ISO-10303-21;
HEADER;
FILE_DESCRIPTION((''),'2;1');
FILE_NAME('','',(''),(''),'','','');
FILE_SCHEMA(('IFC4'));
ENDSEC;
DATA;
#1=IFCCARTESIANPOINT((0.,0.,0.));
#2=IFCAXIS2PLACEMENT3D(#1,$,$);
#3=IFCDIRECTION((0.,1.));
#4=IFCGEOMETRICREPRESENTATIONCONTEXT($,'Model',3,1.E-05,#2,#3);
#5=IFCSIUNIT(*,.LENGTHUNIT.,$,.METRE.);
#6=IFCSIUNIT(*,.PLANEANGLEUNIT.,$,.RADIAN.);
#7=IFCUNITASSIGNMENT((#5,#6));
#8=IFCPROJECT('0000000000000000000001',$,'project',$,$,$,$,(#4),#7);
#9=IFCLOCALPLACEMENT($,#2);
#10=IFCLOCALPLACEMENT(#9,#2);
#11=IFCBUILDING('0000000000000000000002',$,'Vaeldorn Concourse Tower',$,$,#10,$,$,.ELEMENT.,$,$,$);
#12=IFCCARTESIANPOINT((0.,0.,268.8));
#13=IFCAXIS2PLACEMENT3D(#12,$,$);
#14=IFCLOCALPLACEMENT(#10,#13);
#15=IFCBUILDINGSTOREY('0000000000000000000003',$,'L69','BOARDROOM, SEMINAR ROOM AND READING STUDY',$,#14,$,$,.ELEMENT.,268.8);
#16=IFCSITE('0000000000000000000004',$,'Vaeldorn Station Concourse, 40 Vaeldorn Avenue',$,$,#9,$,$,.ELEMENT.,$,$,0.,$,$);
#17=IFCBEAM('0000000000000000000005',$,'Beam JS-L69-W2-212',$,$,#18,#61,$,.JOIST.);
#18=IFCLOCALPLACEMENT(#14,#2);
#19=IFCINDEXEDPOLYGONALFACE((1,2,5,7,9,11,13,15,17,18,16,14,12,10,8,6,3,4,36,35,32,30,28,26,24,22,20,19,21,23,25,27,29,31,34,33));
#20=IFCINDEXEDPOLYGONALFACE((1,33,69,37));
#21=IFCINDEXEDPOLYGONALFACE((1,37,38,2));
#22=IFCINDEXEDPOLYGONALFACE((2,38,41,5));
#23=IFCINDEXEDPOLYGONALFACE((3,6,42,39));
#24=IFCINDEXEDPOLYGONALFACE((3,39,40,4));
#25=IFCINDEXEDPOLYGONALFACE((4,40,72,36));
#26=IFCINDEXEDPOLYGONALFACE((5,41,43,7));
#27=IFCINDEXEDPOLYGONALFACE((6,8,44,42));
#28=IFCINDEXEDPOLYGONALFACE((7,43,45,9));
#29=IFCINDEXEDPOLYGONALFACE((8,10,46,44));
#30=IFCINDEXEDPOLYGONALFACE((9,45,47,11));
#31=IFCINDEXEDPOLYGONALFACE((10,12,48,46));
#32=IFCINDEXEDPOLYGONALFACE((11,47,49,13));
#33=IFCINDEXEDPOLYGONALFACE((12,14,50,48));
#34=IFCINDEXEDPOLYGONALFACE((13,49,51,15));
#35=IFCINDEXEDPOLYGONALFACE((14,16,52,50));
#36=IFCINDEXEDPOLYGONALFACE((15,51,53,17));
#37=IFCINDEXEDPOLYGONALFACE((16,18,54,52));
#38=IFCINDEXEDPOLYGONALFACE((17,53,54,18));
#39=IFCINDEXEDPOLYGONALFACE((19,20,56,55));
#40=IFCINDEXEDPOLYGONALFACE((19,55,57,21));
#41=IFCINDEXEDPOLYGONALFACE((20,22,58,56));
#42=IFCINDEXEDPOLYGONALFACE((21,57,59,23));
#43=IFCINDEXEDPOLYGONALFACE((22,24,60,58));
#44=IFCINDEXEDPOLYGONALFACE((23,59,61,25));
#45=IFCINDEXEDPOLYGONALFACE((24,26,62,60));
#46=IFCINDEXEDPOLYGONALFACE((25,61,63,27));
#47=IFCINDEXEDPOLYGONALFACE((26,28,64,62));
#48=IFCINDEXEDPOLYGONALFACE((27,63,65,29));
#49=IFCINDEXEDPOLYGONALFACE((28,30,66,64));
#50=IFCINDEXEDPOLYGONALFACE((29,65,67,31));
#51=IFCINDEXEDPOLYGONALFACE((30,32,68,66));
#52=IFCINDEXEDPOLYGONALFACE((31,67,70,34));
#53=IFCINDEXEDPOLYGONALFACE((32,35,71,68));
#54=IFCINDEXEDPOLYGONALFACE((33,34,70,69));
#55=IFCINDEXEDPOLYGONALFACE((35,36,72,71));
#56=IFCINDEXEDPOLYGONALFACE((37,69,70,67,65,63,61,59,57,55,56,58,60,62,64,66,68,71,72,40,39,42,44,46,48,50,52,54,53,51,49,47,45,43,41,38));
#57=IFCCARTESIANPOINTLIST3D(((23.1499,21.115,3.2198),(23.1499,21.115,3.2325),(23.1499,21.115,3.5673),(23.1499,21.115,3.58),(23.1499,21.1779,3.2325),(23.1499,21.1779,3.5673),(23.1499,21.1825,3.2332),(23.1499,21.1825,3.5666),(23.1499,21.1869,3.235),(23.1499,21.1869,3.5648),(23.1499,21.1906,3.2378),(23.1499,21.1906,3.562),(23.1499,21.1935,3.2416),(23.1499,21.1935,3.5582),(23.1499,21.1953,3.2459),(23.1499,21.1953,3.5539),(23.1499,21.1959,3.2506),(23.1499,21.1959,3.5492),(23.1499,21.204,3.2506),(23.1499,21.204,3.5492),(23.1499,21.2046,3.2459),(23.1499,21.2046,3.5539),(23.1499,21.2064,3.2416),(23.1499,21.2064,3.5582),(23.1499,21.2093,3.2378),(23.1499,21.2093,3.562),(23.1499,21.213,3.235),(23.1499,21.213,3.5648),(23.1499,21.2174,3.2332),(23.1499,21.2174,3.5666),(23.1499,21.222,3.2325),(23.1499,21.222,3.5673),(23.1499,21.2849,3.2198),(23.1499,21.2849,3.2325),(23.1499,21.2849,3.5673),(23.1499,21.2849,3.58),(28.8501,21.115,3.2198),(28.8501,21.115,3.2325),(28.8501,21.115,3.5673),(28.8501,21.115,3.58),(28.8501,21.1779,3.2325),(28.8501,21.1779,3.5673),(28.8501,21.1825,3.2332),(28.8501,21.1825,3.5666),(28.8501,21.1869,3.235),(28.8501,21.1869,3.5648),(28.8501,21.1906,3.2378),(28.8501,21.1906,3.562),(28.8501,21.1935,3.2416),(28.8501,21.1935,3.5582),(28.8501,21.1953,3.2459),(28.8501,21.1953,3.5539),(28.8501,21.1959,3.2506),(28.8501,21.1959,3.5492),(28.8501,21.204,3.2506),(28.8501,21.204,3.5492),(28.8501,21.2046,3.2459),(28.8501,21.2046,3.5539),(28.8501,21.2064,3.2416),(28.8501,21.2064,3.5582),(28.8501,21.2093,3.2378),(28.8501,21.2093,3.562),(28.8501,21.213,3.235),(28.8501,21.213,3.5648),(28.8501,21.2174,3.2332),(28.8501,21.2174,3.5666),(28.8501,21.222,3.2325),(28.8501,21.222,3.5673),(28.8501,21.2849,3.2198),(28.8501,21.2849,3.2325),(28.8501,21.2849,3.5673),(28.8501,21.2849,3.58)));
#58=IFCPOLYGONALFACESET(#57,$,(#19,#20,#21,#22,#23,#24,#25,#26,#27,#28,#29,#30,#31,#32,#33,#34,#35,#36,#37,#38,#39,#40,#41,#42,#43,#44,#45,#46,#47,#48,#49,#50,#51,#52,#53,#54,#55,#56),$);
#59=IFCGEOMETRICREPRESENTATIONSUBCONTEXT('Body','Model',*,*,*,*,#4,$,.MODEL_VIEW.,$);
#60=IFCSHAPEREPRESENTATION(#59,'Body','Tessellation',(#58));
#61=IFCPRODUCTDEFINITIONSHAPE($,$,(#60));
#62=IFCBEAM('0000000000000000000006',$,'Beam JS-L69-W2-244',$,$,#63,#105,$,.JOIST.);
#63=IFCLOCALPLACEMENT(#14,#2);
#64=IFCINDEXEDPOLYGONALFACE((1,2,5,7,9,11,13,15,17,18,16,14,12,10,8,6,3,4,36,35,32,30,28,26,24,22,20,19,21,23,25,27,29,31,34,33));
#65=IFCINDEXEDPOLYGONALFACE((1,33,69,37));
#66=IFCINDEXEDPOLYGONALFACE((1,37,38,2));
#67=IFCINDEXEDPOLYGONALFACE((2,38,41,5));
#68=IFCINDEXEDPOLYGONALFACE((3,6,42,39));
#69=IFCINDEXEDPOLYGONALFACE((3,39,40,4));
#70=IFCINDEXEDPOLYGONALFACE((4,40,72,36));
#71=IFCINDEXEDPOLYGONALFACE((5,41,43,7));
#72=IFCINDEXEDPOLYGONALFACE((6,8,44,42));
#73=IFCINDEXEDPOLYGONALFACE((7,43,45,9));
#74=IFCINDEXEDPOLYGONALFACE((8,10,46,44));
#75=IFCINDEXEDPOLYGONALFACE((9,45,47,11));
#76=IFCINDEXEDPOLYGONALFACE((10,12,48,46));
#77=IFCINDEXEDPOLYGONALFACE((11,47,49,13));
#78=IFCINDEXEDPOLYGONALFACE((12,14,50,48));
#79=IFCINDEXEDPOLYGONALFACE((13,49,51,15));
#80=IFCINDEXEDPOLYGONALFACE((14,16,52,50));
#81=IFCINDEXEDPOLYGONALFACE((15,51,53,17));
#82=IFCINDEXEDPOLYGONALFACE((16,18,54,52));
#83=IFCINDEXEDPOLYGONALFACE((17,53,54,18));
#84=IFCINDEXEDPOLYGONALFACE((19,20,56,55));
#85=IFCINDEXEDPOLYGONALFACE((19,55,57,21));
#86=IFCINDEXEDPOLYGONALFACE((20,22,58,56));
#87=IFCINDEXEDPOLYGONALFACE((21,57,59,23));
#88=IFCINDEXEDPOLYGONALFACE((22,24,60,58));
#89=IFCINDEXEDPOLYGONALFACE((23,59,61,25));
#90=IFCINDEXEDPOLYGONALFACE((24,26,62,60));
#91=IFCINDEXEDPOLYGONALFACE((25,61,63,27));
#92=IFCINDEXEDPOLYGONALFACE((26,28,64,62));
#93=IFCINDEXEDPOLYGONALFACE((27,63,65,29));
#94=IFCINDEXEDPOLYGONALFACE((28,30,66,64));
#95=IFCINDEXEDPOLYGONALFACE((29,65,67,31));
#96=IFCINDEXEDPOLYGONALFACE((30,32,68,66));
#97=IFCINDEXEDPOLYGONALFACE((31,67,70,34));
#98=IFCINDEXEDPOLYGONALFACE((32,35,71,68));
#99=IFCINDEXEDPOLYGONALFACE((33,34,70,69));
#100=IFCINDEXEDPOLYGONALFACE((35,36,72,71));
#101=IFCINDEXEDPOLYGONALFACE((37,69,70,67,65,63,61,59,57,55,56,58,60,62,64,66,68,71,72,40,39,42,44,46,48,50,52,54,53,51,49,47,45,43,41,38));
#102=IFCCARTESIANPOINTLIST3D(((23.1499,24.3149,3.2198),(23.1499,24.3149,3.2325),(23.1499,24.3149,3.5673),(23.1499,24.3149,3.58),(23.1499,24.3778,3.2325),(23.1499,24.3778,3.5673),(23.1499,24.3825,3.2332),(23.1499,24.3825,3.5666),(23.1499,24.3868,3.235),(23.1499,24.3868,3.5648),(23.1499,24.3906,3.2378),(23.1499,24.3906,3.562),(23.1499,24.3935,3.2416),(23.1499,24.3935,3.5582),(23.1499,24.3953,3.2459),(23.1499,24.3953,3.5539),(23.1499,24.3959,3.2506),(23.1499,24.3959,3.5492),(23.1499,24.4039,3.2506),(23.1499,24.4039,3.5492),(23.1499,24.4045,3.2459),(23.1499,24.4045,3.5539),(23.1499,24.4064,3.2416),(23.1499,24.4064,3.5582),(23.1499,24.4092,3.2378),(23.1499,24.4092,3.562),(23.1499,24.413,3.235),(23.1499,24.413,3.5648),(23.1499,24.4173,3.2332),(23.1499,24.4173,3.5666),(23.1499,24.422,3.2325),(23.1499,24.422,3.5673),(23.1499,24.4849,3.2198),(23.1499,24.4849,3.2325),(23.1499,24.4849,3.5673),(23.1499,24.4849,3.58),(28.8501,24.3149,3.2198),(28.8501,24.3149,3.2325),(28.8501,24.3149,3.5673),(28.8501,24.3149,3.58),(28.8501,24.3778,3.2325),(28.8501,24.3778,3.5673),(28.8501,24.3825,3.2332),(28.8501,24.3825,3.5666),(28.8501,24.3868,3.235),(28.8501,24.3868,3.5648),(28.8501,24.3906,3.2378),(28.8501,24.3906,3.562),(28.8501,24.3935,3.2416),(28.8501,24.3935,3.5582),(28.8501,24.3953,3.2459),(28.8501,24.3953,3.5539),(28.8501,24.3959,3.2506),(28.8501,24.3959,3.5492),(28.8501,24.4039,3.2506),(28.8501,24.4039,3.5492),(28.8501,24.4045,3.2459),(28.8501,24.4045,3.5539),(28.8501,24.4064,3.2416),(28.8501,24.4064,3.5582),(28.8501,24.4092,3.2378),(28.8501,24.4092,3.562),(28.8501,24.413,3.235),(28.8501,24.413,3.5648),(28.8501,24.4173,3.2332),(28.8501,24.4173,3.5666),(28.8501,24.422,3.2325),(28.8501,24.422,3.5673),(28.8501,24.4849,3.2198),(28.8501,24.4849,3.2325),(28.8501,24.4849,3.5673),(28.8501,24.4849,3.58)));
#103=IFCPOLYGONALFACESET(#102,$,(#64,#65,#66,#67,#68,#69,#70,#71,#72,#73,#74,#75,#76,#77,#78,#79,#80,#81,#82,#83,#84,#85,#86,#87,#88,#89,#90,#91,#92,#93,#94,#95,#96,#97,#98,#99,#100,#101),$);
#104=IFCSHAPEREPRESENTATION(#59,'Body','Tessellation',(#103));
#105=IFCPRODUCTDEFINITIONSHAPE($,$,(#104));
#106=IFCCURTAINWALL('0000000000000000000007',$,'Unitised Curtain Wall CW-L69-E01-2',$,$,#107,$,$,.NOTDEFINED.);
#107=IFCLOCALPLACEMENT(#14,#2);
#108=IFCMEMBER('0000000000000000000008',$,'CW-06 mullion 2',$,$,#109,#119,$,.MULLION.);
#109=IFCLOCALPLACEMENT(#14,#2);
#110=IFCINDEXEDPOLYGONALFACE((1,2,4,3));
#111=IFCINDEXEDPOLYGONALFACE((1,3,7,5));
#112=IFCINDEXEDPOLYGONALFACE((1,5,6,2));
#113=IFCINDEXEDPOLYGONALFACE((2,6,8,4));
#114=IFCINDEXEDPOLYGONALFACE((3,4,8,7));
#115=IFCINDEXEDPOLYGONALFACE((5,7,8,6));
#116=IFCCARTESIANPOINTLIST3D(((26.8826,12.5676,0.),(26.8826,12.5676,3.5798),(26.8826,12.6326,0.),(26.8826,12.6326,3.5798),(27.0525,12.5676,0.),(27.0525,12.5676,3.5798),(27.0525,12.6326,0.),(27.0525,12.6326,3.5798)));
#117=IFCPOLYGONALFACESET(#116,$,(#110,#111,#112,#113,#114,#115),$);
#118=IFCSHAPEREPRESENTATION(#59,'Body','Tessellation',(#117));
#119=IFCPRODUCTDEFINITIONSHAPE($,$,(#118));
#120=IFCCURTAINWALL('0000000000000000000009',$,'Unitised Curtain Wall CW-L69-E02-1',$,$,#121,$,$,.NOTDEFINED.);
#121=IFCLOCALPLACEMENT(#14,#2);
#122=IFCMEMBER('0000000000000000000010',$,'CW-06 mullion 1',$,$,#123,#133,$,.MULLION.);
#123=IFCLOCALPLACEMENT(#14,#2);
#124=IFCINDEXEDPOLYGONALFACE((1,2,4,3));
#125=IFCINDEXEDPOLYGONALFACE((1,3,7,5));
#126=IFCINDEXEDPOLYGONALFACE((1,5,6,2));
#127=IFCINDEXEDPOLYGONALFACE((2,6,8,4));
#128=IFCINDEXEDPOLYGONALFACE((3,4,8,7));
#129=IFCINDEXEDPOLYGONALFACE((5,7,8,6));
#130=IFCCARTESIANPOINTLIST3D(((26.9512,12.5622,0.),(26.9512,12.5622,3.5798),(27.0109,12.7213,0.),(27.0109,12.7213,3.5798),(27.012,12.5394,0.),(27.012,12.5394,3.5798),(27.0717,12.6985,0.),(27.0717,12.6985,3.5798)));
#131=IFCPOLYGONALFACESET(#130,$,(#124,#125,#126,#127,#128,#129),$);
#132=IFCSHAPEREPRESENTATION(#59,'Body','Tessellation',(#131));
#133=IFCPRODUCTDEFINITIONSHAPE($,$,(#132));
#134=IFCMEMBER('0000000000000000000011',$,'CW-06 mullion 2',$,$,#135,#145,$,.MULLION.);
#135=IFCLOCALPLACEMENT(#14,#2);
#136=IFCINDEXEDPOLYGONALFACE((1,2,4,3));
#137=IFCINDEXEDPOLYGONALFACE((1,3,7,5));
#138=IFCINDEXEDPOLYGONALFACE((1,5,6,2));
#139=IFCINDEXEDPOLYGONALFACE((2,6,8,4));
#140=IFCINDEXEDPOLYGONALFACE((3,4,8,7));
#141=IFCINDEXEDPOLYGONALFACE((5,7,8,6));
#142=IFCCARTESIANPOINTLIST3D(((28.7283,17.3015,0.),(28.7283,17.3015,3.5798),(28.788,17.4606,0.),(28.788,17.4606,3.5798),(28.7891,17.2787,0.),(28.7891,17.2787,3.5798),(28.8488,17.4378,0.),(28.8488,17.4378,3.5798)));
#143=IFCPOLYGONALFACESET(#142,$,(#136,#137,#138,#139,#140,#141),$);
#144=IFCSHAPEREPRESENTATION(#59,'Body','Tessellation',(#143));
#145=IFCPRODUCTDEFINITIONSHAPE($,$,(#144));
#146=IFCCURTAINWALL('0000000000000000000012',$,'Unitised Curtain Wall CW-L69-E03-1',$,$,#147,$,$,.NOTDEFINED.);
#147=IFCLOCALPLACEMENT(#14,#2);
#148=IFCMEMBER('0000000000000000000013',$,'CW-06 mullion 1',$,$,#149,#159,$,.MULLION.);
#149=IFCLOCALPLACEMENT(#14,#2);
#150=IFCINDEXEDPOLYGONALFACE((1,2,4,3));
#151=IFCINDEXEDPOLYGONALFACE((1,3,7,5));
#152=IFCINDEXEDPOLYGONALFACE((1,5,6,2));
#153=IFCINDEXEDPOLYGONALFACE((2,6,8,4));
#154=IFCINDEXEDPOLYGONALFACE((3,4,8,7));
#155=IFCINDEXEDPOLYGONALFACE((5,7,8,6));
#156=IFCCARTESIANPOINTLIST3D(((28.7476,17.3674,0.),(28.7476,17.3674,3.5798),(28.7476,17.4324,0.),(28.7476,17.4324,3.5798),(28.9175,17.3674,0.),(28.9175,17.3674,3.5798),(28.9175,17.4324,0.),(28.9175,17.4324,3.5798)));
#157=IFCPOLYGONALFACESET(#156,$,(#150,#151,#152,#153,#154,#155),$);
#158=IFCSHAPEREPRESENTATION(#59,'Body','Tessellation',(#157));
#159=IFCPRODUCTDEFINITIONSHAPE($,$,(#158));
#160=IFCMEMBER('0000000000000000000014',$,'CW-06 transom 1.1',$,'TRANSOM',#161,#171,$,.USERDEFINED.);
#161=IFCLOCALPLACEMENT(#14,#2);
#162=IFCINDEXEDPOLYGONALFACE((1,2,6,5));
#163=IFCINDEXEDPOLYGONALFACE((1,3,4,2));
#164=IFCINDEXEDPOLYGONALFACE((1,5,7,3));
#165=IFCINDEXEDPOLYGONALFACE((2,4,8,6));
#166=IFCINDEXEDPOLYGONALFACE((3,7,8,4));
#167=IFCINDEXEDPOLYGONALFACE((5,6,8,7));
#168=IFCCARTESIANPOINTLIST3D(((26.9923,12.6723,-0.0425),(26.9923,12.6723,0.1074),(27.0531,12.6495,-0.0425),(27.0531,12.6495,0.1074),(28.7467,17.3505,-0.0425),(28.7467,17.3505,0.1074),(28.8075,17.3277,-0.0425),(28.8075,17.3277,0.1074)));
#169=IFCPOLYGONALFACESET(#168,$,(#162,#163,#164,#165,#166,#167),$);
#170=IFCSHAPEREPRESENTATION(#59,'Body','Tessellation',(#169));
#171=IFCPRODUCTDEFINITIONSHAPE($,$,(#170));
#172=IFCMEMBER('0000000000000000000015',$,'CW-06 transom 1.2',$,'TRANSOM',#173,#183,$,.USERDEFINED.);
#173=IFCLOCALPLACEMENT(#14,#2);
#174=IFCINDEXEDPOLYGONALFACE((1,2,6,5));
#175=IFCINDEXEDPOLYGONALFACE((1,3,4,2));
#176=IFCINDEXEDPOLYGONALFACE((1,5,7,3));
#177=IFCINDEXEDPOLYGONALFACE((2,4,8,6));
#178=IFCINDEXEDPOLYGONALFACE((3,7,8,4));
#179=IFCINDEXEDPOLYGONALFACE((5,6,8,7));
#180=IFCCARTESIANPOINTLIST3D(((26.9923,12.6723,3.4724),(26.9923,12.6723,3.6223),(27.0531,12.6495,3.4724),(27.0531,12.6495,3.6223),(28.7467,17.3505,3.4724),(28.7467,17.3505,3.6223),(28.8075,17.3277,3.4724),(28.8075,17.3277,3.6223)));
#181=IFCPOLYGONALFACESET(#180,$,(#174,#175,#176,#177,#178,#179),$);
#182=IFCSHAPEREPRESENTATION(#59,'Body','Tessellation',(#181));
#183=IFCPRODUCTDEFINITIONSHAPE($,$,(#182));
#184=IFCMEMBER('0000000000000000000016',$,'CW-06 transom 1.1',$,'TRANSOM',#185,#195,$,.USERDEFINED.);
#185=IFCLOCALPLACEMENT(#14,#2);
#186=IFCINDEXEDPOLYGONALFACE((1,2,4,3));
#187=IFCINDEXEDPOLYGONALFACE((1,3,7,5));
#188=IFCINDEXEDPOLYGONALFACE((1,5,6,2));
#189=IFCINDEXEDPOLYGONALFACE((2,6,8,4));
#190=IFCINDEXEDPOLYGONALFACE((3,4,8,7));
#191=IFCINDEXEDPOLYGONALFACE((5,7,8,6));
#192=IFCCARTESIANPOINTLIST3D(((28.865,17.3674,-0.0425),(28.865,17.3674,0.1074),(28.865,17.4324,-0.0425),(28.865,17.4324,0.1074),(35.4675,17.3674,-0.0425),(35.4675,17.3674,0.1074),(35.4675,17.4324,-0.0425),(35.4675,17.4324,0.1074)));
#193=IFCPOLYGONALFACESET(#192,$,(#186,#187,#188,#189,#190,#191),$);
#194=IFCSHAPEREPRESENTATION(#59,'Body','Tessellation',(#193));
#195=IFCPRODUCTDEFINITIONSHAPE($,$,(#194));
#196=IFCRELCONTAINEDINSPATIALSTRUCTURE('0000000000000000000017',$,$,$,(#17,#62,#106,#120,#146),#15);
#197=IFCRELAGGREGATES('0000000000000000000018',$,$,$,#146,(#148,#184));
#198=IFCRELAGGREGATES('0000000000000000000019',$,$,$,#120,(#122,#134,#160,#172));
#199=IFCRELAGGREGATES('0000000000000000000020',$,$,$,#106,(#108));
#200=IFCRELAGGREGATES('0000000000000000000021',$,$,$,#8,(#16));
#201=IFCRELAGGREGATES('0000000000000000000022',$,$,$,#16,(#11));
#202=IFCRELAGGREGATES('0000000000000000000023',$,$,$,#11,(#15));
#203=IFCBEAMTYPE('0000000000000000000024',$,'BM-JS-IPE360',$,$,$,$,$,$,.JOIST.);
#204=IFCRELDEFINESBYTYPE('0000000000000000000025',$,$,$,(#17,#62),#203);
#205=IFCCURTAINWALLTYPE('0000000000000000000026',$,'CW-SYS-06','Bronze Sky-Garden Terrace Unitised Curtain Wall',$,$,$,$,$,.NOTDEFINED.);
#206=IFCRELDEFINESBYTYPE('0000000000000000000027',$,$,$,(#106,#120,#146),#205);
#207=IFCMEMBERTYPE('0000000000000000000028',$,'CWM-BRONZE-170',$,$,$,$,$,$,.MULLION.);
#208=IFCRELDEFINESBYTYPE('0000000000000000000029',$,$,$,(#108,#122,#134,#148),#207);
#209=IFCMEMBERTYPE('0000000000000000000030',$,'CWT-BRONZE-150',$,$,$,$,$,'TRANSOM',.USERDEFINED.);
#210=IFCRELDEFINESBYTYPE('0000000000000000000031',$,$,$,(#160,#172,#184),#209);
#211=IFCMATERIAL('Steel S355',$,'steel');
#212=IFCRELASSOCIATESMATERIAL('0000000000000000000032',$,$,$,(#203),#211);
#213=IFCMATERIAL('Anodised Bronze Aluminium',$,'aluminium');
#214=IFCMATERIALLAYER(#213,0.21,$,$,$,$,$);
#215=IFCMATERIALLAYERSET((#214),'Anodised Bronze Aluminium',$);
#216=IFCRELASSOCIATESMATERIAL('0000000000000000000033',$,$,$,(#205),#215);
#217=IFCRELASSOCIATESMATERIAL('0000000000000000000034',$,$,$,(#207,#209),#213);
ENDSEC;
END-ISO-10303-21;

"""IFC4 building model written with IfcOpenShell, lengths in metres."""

from ifc_helpers import new_model, si_unit, direction, frame, origin, origin_2d, place, context, subcontext, project, spatial, rectangle, i_section, extrude, source, transform, mapped, material, layer, layer_set, material_profile, profile_set, type_object, element, aggregate, save


model = new_model("IFC4")

# Units and contexts
model_context = context("Model", 3, precision=1e-05, world=origin(), true_north=direction((0.0, 1.0)))
body_context = subcontext(model_context, "Body", "Model", "MODEL_VIEW")
ifc_project = project(units=[si_unit("LENGTHUNIT", "METRE"), si_unit("PLANEANGLEUNIT", "RADIAN")], contexts=[model_context])

# Site, building, storey
site_placement = place(None, origin())
site = spatial("IfcSite", under=ifc_project, at=site_placement, Name="Vaeldorn Station Concourse, 40 Vaeldorn Avenue", CompositionType="ELEMENT", RefElevation=0.0)
building_placement = place(site_placement, origin())
building = spatial("IfcBuilding", under=site, at=building_placement, Name="Vaeldorn Concourse Tower", CompositionType="ELEMENT")
storey_placement = place(building_placement, frame((0.0, 0.0, 268.8)))
storey = spatial("IfcBuildingStorey", under=building, at=storey_placement, Name="L69", Description="BOARDROOM, SEMINAR ROOM AND READING STUDY", CompositionType="ELEMENT", Elevation=268.8)

# Shared definitions
ifc_material_1 = material(Name="Steel S355", Category="steel")

# Beams
ifc_material_profile_1 = material_profile(ifc_material_1, i_section(OverallWidth=0.1699, OverallDepth=0.3601, WebThickness=0.0081, FlangeThickness=0.0127, FilletRadius=0.0181, at=origin_2d()), Name="IPE 360")
ifc_profile_set_1 = profile_set([ifc_material_profile_1], Name="Steel S355")
beam_type_1 = type_object("IfcBeamType", Name="BM-JS-IPE360", PredefinedType="JOIST", material=ifc_profile_set_1)
shared_shape_1 = source(origin(), body_context, "Body", "SweptSolid", [
    extrude(i_section(OverallWidth=0.1699, OverallDepth=0.3601, WebThickness=0.0081, FlangeThickness=0.0127, FilletRadius=0.0181, at=origin_2d()), origin(), (0.0, 0.0, 1.0), 5.7002),
])
for number, where, z_axis, x_axis, name in (
    (1, (23.1499, 21.2, 3.3999), (1.0, 0.0, 0.0), (0.0, 1.0, 0.0), "Beam JS-L69-W2-212"),
    (2, (23.1499, 24.3999, 3.3999), (1.0, 0.0, 0.0), (0.0, 1.0, 0.0), "Beam JS-L69-W2-244"),
):
    element("IfcBeam", number, at=place(storey_placement, frame(where, z_axis=z_axis, x_axis=x_axis)), inside=storey, type_object=beam_type_1, Name=name, PredefinedType="JOIST", context=body_context, shape_type="MappedRepresentation", body=[
        mapped(shared_shape_1, transform((0.0, 0.0, 0.0), scale=1.0)),
    ])

# Curtain wall, member
ifc_material_2 = material(Name="Anodised Bronze Aluminium", Category="aluminium")
ifc_layer_1 = layer(ifc_material_2, 0.21)
ifc_layer_set_1 = layer_set([ifc_layer_1], Name="Anodised Bronze Aluminium")
curtain_wall_type = type_object("IfcCurtainWallType", Name="CW-SYS-06", Description="Bronze Sky-Garden Terrace Unitised Curtain Wall", PredefinedType="NOTDEFINED", material=ifc_layer_set_1)
curtain_wall_1_placement = place(storey_placement, origin())
curtain_wall_1 = element("IfcCurtainWall", 3, at=curtain_wall_1_placement, inside=storey, type_object=curtain_wall_type, Name="Unitised Curtain Wall CW-L69-E01-2", PredefinedType="NOTDEFINED")
ifc_material_profile_2 = material_profile(ifc_material_2, rectangle(XDim=0.0649, YDim=0.1699, at=origin_2d()), Name="CWM 65x170")
ifc_profile_set_2 = profile_set([ifc_material_profile_2], Name="Anodised Bronze Aluminium")
member_type_1 = type_object("IfcMemberType", Name="CWM-BRONZE-170", PredefinedType="MULLION", material=ifc_profile_set_2)
shared_shape_2 = source(origin(), body_context, "Body", "SweptSolid", [
    extrude(rectangle(XDim=0.0649, YDim=0.1699, at=origin_2d()), origin(), (0.0, 0.0, 1.0), 3.5798),
])
member_1_placement = place(storey_placement, frame((26.9675, 12.6001, 0.0), z_axis=(0.0, 0.0, 1.0), x_axis=(0.0, 1.0, 0.0)))
member_1 = element("IfcMember", 4, at=member_1_placement, type_object=member_type_1, Name="CW-06 mullion 2", PredefinedType="MULLION", context=body_context, shape_type="MappedRepresentation", body=[
    mapped(shared_shape_2, transform((0.0, 0.0, 0.0), scale=1.0)),
])

# Curtain wall, members
curtain_wall_2_placement = place(storey_placement, origin())
curtain_wall_2 = element("IfcCurtainWall", 5, at=curtain_wall_2_placement, inside=storey, type_object=curtain_wall_type, Name="Unitised Curtain Wall CW-L69-E02-1", PredefinedType="NOTDEFINED")
member_2_placement = place(storey_placement, frame((27.0115, 12.6304, 0.0), z_axis=(0.0, 0.0, 1.0), x_axis=(-0.936329, 0.351123, 0.0)))
member_2 = element("IfcMember", 6, at=member_2_placement, type_object=member_type_1, Name="CW-06 mullion 1", PredefinedType="MULLION", context=body_context, shape_type="MappedRepresentation", body=[
    mapped(shared_shape_2, transform((0.0, 0.0, 0.0), scale=1.0)),
])
member_3_placement = place(storey_placement, frame((28.7886, 17.3696, 0.0), z_axis=(0.0, 0.0, 1.0), x_axis=(-0.936329, 0.351123, 0.0)))
member_3 = element("IfcMember", 7, at=member_3_placement, type_object=member_type_1, Name="CW-06 mullion 2", PredefinedType="MULLION", context=body_context, shape_type="MappedRepresentation", body=[
    mapped(shared_shape_2, transform((0.0, 0.0, 0.0), scale=1.0)),
])

# Curtain wall, member
curtain_wall_3_placement = place(storey_placement, origin())
curtain_wall_3 = element("IfcCurtainWall", 8, at=curtain_wall_3_placement, inside=storey, type_object=curtain_wall_type, Name="Unitised Curtain Wall CW-L69-E03-1", PredefinedType="NOTDEFINED")
member_4_placement = place(storey_placement, frame((28.8325, 17.3999, 0.0), z_axis=(0.0, 0.0, 1.0), x_axis=(0.0, 1.0, 0.0)))
member_4 = element("IfcMember", 9, at=member_4_placement, type_object=member_type_1, Name="CW-06 mullion 1", PredefinedType="MULLION", context=body_context, shape_type="MappedRepresentation", body=[
    mapped(shared_shape_2, transform((0.0, 0.0, 0.0), scale=1.0)),
])

# Members
ifc_material_profile_3 = material_profile(ifc_material_2, rectangle(XDim=0.0649, YDim=0.1499, at=origin_2d()), Name="CWT 65x150")
ifc_profile_set_3 = profile_set([ifc_material_profile_3], Name="Anodised Bronze Aluminium")
member_type_2 = type_object("IfcMemberType", Name="CWT-BRONZE-150", ElementType="TRANSOM", PredefinedType="USERDEFINED", material=ifc_profile_set_3)
shared_shape_3 = source(origin(), body_context, "Body", "SweptSolid", [
    extrude(rectangle(XDim=0.0649, YDim=0.1499, at=origin_2d()), origin(), (0.0, 0.0, 1.0), 4.9963),
])
member_5_placement = place(storey_placement, frame((27.0227, 12.6609, 0.0325), z_axis=(0.351134, 0.936325, 0.0), x_axis=(-0.936325, 0.351134, 0.0)))
member_5 = element("IfcMember", 10, at=member_5_placement, type_object=member_type_2, Name="CW-06 transom 1.1", ObjectType="TRANSOM", PredefinedType="USERDEFINED", context=body_context, shape_type="MappedRepresentation", body=[
    mapped(shared_shape_3, transform((0.0, 0.0, 0.0), scale=1.0)),
])
member_6_placement = place(storey_placement, frame((27.0227, 12.6609, 3.5474), z_axis=(0.351134, 0.936325, 0.0), x_axis=(-0.936325, 0.351134, 0.0)))
member_6 = element("IfcMember", 11, at=member_6_placement, type_object=member_type_2, Name="CW-06 transom 1.2", ObjectType="TRANSOM", PredefinedType="USERDEFINED", context=body_context, shape_type="MappedRepresentation", body=[
    mapped(shared_shape_3, transform((0.0, 0.0, 0.0), scale=1.0)),
])
shared_shape_4 = source(origin(), body_context, "Body", "SweptSolid", [
    extrude(rectangle(XDim=0.0649, YDim=0.1499, at=origin_2d()), origin(), (0.0, 0.0, 1.0), 6.6025),
])
member_7_placement = place(storey_placement, frame((28.865, 17.3999, 0.0325), z_axis=(1.0, 0.0, 0.0), x_axis=(0.0, 1.0, 0.0)))
member_7 = element("IfcMember", 12, at=member_7_placement, type_object=member_type_2, Name="CW-06 transom 1.1", ObjectType="TRANSOM", PredefinedType="USERDEFINED", context=body_context, shape_type="MappedRepresentation", body=[
    mapped(shared_shape_4, transform((0.0, 0.0, 0.0), scale=1.0)),
])
aggregate(curtain_wall_3, [member_4, member_7])

aggregate(curtain_wall_2, [member_2, member_3, member_5, member_6])
aggregate(curtain_wall_1, [member_1])

save(model, "model.ifc")
